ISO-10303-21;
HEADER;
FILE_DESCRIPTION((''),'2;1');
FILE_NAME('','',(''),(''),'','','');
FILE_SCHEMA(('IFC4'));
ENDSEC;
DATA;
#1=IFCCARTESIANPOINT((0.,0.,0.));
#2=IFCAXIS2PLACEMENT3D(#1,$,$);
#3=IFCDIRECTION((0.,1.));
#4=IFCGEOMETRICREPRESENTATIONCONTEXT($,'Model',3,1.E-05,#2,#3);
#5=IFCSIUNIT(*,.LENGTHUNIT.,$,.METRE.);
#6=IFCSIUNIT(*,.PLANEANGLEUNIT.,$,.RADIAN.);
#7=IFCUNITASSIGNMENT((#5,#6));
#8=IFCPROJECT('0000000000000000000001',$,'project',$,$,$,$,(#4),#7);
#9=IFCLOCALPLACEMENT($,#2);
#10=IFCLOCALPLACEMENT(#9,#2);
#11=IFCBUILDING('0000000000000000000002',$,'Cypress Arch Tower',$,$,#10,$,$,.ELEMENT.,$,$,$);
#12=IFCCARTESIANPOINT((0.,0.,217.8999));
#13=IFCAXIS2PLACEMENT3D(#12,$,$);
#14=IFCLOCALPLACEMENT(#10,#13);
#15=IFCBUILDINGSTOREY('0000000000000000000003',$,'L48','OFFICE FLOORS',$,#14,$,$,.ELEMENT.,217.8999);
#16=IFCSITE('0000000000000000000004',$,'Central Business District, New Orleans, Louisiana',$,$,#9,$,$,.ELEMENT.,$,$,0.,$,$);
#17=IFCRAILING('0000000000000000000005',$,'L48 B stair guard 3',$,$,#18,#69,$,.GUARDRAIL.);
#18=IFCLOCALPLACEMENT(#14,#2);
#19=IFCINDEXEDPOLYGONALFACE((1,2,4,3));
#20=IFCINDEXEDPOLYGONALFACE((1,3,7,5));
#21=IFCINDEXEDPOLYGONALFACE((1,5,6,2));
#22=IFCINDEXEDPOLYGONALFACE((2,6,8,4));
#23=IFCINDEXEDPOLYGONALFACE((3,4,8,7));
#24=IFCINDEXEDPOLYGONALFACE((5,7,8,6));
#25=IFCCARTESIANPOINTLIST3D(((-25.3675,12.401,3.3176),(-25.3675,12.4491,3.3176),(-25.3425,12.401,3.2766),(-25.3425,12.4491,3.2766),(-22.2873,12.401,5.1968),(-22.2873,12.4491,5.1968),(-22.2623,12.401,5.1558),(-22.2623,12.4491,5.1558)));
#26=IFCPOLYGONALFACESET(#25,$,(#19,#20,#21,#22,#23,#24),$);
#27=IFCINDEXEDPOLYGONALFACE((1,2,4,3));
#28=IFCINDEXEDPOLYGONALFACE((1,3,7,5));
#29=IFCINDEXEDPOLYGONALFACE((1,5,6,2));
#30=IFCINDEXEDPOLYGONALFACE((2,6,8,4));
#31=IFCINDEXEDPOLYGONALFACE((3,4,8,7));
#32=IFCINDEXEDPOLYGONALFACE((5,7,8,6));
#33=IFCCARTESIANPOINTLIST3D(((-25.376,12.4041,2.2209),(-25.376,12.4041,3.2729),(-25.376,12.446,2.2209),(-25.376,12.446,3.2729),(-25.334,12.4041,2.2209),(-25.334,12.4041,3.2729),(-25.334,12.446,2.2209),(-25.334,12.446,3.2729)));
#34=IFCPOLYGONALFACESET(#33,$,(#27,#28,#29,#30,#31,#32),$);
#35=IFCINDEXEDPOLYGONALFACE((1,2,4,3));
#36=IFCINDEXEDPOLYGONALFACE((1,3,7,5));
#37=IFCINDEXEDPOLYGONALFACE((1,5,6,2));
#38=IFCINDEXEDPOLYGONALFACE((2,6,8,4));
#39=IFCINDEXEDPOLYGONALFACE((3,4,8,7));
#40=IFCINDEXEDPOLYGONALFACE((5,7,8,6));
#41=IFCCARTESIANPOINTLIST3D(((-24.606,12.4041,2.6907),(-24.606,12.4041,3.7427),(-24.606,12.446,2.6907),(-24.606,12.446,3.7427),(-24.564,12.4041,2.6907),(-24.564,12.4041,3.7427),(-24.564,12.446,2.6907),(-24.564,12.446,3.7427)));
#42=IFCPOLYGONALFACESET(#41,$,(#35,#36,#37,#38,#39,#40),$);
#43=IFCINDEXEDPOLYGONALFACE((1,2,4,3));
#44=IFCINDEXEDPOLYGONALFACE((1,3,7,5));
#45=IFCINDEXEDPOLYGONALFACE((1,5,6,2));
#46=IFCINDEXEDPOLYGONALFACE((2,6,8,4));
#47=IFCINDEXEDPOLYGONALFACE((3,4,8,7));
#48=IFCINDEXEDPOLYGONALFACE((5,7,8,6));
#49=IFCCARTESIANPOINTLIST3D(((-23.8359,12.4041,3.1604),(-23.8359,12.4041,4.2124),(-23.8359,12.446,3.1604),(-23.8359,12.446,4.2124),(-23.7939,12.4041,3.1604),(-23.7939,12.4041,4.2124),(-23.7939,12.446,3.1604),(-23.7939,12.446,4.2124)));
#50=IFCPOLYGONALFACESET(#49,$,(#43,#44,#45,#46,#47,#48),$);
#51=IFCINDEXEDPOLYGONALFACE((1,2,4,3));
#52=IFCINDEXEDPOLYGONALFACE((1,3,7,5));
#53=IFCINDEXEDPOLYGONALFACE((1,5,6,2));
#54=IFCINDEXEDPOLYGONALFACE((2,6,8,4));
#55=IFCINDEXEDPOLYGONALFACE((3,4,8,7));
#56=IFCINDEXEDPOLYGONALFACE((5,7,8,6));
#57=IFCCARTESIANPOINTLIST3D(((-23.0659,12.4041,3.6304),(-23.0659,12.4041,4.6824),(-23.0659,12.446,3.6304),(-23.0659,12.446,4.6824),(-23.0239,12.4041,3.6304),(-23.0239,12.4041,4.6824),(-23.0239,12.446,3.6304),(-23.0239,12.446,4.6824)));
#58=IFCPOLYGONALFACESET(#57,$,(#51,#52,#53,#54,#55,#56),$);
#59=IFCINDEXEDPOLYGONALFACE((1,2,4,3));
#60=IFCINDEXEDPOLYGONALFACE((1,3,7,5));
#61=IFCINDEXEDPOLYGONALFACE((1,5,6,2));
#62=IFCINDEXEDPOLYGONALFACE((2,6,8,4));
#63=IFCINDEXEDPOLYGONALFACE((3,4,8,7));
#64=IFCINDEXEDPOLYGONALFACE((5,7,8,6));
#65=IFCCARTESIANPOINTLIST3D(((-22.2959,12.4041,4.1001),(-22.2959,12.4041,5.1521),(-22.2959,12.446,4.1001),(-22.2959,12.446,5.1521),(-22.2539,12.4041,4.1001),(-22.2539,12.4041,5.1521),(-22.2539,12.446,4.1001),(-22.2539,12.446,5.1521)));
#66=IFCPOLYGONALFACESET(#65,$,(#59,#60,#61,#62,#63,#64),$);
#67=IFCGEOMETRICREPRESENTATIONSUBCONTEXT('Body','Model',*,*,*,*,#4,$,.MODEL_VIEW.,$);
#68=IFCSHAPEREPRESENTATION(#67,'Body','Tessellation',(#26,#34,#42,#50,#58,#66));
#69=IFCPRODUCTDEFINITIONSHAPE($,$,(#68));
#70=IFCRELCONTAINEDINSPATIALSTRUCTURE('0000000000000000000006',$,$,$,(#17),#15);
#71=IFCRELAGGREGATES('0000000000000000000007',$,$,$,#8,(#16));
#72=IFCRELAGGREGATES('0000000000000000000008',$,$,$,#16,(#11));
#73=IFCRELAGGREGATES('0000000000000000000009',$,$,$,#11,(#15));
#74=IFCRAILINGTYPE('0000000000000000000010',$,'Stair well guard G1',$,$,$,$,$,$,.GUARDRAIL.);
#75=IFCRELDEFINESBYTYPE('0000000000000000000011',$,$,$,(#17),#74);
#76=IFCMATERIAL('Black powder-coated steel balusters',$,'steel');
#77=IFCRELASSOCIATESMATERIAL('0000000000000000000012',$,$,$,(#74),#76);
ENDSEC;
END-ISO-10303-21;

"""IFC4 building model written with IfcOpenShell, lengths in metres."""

from ifc_helpers import new_model, si_unit, direction, frame, origin, origin_2d, place, context, subcontext, project, spatial, rectangle, extrude, material, type_object, element, save


model = new_model("IFC4")

# Units and contexts
model_context = context("Model", 3, precision=1e-05, world=origin(), true_north=direction((0.0, 1.0)))
body_context = subcontext(model_context, "Body", "Model", "MODEL_VIEW")
ifc_project = project(units=[si_unit("LENGTHUNIT", "METRE"), si_unit("PLANEANGLEUNIT", "RADIAN")], contexts=[model_context])

# Site, building, storey
site_placement = place(None, origin())
site = spatial("IfcSite", under=ifc_project, at=site_placement, Name="Central Business District, New Orleans, Louisiana", CompositionType="ELEMENT", RefElevation=0.0)
building_placement = place(site_placement, origin())
building = spatial("IfcBuilding", under=site, at=building_placement, Name="Cypress Arch Tower", CompositionType="ELEMENT")
storey_placement = place(building_placement, frame((0.0, 0.0, 217.8999)))
storey = spatial("IfcBuildingStorey", under=building, at=storey_placement, Name="L48", Description="OFFICE FLOORS", CompositionType="ELEMENT", Elevation=217.8999)

# Railing
ifc_material_1 = material(Name="Black powder-coated steel balusters", Category="steel")
railing_type_1 = type_object("IfcRailingType", Name="Stair well guard G1", PredefinedType="GUARDRAIL", material=ifc_material_1)
railing_1_placement = place(storey_placement, frame((-25.355, 12.425, 2.2209)))
element("IfcRailing", 1, at=railing_1_placement, inside=storey, type_object=railing_type_1, Name="L48 B stair guard 3", PredefinedType="GUARDRAIL", context=body_context, shape_type="SweptSolid", body=[
    extrude(rectangle(XDim=0.0481, YDim=0.0481, at=origin_2d()), frame((0.0, 0.0, 1.0762), z_axis=(0.853666, 0.0, 0.52082), x_axis=(0.0, 1.0, 0.0)), (0.0, 0.0, 1.0), 3.6082),
    extrude(rectangle(XDim=0.042, YDim=0.042, at=origin_2d()), origin(), (0.0, 0.0, 1.0), 1.052),
    extrude(rectangle(XDim=0.042, YDim=0.042, at=origin_2d()), frame((0.77, 0.0, 0.4697)), (0.0, 0.0, 1.0), 1.052),
    extrude(rectangle(XDim=0.042, YDim=0.042, at=origin_2d()), frame((1.54, 0.0, 0.9395)), (0.0, 0.0, 1.0), 1.052),
    extrude(rectangle(XDim=0.042, YDim=0.042, at=origin_2d()), frame((2.3101, 0.0, 1.4094)), (0.0, 0.0, 1.0), 1.052),
    extrude(rectangle(XDim=0.042, YDim=0.042, at=origin_2d()), frame((3.0801, 0.0, 1.8792)), (0.0, 0.0, 1.0), 1.052),
])

save(model, "model.ifc")
